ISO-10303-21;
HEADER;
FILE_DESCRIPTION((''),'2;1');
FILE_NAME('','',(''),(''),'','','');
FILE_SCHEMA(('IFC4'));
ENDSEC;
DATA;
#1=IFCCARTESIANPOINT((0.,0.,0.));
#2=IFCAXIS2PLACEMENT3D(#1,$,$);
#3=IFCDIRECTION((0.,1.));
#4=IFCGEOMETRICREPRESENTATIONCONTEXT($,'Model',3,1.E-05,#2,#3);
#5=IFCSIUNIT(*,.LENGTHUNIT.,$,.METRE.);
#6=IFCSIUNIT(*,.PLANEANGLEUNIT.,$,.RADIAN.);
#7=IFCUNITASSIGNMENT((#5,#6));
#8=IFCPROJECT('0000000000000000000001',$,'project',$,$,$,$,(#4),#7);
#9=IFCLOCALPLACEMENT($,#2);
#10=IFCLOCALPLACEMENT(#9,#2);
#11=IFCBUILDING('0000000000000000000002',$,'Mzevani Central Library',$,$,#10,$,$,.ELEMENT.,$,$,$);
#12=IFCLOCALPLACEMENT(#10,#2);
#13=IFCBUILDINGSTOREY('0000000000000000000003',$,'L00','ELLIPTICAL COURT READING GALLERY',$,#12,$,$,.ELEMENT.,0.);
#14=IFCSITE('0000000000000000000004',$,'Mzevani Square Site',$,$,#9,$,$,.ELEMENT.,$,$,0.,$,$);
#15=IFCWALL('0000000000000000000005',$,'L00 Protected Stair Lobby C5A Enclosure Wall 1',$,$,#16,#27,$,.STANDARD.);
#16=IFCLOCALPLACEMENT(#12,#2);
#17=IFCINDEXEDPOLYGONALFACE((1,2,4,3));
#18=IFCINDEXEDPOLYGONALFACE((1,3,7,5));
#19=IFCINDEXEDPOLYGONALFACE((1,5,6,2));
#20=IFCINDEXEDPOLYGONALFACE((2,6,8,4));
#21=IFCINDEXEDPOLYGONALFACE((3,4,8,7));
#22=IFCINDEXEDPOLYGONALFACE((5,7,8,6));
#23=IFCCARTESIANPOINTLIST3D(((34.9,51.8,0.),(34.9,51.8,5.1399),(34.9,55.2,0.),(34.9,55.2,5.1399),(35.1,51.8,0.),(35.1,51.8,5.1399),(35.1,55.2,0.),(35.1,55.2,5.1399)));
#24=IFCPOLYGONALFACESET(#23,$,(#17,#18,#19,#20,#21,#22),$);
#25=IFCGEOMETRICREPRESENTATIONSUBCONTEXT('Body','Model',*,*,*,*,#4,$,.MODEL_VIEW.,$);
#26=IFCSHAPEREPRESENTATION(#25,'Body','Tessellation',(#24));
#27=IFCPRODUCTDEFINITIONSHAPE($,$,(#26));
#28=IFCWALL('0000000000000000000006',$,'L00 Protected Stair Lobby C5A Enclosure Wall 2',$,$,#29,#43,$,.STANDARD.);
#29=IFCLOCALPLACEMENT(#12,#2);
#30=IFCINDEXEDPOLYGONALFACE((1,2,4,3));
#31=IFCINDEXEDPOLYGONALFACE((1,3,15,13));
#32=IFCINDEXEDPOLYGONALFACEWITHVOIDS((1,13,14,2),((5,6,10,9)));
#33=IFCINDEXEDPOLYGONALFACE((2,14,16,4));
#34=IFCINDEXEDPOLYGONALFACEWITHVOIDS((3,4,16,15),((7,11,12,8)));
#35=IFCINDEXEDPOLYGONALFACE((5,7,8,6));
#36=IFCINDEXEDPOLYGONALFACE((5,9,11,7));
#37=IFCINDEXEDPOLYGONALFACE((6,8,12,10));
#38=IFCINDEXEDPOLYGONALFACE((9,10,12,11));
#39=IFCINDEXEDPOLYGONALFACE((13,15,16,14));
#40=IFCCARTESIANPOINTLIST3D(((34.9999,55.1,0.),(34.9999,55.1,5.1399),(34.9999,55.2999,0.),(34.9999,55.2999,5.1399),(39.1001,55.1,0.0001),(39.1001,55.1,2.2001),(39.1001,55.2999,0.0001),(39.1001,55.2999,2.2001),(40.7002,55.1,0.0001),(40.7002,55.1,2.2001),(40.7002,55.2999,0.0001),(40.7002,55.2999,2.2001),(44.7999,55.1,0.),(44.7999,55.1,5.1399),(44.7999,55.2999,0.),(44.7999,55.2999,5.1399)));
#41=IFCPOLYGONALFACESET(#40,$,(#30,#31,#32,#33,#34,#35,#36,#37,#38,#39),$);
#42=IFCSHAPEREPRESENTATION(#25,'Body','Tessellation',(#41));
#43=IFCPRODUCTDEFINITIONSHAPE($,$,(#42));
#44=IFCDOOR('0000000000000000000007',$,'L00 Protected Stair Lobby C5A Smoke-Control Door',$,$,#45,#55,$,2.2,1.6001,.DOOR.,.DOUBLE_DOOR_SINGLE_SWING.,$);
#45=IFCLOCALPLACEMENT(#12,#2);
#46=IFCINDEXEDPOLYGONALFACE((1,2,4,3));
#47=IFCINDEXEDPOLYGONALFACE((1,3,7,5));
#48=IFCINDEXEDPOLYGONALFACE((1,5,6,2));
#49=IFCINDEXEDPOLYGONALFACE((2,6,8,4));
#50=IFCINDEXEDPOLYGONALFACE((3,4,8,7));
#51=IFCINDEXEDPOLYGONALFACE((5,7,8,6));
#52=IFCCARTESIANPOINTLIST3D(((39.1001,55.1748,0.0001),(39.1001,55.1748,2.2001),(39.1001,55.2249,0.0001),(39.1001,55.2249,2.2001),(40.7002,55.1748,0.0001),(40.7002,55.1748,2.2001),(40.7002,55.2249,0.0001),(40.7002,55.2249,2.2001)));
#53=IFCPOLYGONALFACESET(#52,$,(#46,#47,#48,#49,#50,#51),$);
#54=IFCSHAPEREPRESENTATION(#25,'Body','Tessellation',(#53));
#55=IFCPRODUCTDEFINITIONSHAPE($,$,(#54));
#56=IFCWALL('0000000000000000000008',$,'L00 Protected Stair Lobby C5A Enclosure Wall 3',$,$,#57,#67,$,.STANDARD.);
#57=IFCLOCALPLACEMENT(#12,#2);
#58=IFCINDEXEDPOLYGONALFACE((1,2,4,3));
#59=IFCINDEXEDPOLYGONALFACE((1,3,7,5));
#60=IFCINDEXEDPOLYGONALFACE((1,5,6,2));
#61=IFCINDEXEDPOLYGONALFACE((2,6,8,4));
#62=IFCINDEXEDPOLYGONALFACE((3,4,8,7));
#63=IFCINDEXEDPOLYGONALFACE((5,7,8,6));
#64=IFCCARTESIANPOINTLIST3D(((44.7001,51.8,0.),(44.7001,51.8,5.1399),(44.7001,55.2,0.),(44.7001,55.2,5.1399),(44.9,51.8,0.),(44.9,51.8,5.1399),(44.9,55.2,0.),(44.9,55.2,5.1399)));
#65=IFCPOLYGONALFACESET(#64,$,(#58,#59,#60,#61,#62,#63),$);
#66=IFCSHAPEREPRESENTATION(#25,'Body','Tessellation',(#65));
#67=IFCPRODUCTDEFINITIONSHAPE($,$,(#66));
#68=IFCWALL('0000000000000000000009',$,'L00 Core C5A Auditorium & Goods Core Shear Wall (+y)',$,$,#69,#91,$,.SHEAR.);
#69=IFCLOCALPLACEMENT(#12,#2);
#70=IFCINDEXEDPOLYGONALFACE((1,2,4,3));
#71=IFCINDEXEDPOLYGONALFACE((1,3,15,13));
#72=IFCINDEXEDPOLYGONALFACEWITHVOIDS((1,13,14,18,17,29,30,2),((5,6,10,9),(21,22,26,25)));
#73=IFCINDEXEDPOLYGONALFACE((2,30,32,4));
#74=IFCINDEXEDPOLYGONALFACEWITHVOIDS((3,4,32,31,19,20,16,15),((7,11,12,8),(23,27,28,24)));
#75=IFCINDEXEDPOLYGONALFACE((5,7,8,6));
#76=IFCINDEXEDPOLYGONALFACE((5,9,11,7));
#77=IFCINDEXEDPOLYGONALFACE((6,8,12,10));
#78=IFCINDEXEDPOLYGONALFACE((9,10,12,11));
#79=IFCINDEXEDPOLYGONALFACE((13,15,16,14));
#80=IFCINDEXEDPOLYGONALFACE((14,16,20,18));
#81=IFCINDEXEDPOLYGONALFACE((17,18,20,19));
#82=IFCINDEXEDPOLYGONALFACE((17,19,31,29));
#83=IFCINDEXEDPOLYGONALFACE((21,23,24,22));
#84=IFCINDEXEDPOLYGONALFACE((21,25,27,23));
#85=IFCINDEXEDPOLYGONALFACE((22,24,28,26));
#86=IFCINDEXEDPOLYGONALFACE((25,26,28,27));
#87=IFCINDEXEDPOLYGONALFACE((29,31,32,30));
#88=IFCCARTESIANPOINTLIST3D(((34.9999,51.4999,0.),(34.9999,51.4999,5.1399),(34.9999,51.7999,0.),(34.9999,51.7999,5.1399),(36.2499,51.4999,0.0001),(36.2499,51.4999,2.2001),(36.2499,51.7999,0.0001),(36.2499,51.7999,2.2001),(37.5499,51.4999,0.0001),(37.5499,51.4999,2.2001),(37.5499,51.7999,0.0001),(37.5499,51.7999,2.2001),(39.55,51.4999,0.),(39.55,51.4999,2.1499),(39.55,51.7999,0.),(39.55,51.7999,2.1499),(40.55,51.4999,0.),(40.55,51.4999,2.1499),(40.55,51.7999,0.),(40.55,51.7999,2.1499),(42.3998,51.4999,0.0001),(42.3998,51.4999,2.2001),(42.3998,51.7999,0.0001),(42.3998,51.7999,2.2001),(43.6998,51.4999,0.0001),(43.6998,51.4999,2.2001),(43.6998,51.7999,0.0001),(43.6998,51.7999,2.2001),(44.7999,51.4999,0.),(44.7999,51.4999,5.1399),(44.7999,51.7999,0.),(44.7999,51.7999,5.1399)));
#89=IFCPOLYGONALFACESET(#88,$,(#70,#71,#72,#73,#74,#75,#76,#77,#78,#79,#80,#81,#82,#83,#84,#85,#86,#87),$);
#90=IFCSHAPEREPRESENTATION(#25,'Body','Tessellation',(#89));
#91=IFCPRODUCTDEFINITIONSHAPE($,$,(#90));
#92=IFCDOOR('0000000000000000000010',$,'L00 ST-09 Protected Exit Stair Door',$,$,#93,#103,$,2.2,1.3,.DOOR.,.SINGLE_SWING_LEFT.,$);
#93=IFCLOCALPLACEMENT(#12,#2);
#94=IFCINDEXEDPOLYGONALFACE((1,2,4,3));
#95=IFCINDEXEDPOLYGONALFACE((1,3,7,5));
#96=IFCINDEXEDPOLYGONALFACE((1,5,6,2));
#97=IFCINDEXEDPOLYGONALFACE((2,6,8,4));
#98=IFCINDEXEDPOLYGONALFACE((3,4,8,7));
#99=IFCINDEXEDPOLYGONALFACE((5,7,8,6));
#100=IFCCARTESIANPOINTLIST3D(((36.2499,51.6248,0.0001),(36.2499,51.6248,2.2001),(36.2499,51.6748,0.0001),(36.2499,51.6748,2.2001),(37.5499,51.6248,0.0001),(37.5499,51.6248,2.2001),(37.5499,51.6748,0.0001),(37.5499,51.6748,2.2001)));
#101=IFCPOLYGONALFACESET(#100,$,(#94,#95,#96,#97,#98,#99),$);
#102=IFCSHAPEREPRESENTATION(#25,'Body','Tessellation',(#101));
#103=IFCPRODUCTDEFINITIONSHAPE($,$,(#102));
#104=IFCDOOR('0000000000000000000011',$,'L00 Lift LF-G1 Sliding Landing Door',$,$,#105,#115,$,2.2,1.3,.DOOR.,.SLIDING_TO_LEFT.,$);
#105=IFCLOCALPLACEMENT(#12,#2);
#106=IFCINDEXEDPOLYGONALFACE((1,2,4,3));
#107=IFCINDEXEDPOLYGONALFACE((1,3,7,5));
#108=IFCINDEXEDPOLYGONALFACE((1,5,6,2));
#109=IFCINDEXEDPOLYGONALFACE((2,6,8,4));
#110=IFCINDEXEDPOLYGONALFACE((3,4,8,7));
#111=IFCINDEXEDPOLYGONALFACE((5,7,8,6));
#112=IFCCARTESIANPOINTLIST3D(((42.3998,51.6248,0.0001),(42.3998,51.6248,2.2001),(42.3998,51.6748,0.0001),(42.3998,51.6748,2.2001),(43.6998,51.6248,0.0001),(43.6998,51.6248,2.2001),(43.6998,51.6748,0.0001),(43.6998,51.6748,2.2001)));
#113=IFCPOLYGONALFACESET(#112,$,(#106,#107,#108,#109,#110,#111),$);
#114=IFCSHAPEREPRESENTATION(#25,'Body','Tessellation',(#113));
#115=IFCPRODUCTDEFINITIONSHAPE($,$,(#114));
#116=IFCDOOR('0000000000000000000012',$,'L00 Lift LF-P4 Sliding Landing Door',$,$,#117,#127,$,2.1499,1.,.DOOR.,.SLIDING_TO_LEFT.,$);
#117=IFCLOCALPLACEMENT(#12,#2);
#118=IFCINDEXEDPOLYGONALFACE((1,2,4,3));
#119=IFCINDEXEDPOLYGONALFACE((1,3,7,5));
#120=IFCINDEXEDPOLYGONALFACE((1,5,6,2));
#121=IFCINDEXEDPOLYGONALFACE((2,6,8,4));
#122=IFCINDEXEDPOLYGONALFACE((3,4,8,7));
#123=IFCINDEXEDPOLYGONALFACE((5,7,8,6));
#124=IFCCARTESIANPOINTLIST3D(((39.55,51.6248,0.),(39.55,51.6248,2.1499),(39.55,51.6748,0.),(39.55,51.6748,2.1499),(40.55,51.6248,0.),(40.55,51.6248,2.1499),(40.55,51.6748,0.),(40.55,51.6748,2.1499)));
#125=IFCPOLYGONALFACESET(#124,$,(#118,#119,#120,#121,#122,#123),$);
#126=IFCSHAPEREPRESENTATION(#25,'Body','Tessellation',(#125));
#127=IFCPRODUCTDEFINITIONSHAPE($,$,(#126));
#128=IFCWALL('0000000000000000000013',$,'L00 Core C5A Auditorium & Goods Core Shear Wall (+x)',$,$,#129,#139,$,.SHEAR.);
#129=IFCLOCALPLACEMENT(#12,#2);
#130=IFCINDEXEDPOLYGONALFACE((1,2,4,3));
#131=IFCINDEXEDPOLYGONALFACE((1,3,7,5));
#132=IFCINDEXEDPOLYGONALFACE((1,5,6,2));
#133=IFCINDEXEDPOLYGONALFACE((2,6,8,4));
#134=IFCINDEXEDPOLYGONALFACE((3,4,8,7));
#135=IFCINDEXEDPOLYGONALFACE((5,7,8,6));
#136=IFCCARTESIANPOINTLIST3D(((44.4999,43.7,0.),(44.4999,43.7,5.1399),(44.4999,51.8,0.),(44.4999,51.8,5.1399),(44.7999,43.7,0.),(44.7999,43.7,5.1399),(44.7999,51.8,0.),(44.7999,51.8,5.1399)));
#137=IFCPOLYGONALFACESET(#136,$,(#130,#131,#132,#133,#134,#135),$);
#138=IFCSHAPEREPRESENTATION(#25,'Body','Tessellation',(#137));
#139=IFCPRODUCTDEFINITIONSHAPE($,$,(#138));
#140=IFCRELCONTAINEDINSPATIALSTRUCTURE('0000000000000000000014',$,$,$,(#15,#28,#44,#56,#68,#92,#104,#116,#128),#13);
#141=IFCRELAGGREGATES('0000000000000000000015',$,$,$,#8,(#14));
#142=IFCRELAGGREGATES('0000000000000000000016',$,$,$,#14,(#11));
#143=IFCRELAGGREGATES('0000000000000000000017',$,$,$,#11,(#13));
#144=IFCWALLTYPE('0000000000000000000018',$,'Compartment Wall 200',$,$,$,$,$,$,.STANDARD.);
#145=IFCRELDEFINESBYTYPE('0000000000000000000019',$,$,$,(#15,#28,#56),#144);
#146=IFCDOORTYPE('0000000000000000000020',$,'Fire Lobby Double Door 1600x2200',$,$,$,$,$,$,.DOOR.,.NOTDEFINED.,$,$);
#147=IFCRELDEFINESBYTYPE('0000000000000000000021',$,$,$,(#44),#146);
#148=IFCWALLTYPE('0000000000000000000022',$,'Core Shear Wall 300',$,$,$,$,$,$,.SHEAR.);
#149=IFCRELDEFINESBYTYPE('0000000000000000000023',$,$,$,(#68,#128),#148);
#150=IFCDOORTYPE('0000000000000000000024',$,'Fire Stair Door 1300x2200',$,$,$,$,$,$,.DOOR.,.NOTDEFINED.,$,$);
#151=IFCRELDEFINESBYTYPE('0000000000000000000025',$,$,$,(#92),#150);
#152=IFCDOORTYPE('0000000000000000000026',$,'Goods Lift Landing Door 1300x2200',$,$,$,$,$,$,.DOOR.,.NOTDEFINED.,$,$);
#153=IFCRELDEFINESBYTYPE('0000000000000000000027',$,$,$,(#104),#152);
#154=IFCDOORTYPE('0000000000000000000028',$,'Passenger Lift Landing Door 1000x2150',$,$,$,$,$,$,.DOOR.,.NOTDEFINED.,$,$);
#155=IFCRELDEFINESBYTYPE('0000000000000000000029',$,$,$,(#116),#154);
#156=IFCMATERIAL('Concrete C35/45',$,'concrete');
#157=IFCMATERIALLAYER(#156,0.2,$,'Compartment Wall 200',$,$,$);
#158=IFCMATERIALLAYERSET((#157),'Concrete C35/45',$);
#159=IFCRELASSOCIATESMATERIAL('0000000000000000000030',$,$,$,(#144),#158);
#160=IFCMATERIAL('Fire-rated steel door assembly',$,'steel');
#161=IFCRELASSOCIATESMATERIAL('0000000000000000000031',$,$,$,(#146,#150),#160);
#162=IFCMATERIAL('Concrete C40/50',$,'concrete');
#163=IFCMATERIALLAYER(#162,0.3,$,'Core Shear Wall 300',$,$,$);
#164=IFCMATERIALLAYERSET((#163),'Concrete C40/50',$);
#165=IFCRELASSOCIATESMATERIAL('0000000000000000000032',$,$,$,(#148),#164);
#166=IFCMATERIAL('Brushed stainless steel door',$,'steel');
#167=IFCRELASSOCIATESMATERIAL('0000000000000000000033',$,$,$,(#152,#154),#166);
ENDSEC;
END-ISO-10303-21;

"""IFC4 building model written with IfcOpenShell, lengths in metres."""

from ifc_helpers import new_model, si_unit, direction, frame, frame_2d, origin, place, context, subcontext, project, spatial, rectangle, extrude, material, layer, layer_set, type_object, element, fill, save


model = new_model("IFC4")

# Units and contexts
model_context = context("Model", 3, precision=1e-05, world=origin(), true_north=direction((0.0, 1.0)))
body_context = subcontext(model_context, "Body", "Model", "MODEL_VIEW")
ifc_project = project(units=[si_unit("LENGTHUNIT", "METRE"), si_unit("PLANEANGLEUNIT", "RADIAN")], contexts=[model_context])

# Site, building, storey
site_placement = place(None, origin())
site = spatial("IfcSite", under=ifc_project, at=site_placement, Name="Mzevani Square Site", CompositionType="ELEMENT", RefElevation=0.0)
building_placement = place(site_placement, origin())
building = spatial("IfcBuilding", under=site, at=building_placement, Name="Mzevani Central Library", CompositionType="ELEMENT")
storey_placement = place(building_placement, origin())
storey = spatial("IfcBuildingStorey", under=building, at=storey_placement, Name="L00", Description="ELLIPTICAL COURT READING GALLERY", CompositionType="ELEMENT", Elevation=0.0)

# Shared definitions
ifc_material_1 = material(Name="Concrete C40/50", Category="concrete")

# Shared definitions
ifc_material_2 = material(Name="Concrete C35/45", Category="concrete")

# Wall
ifc_layer_1 = layer(ifc_material_2, 0.2, Name="Compartment Wall 200")
ifc_layer_set_1 = layer_set([ifc_layer_1], Name="Concrete C35/45")
wall_type_1 = type_object("IfcWallType", Name="Compartment Wall 200", PredefinedType="STANDARD", material=ifc_layer_set_1)
wall_1_placement = place(storey_placement, frame((35.0, 51.8, 0.0), z_axis=(0.0, 0.0, 1.0), x_axis=(0.0, 1.0, 0.0)))
element("IfcWall", 1, at=wall_1_placement, inside=storey, type_object=wall_type_1, Name="L00 Protected Stair Lobby C5A Enclosure Wall 1", PredefinedType="STANDARD", context=body_context, shape_type="SweptSolid", body=[
    extrude(rectangle(XDim=3.3999, YDim=0.2, at=frame_2d((1.7, 0.0))), origin(), (0.0, 0.0, 1.0), 5.1399),
])

# Wall, opening, door
wall_2_placement = place(storey_placement, frame((35.0, 55.2, 0.0), z_axis=(0.0, 0.0, 1.0), x_axis=(1.0, 0.0, 0.0)))
wall_2 = element("IfcWall", 2, at=wall_2_placement, inside=storey, type_object=wall_type_1, Name="L00 Protected Stair Lobby C5A Enclosure Wall 2", PredefinedType="STANDARD", context=body_context, shape_type="SweptSolid", body=[
    extrude(rectangle(XDim=9.8, YDim=0.2, at=frame_2d((4.8999, 0.0))), origin(), (0.0, 0.0, 1.0), 5.1399),
])
opening_1_placement = place(wall_2_placement, frame((4.1001, 0.0, 0.0)))
opening_1 = element("IfcOpeningElement", 3, at=opening_1_placement, cuts=wall_2, PredefinedType="OPENING", context=body_context, shape_type="SweptSolid", body=[
    extrude(rectangle(XDim=1.6001, YDim=2.2, at=frame_2d((0.8, 1.1001))), frame((0.0, 0.1099, 0.0), z_axis=(0.0, -1.0, 0.0), x_axis=(1.0, 0.0, 0.0)), (0.0, 0.0, 1.0), 0.22),
])
ifc_material_3 = material(Name="Fire-rated steel door assembly", Category="steel")
door_type_1 = type_object("IfcDoorType", Name="Fire Lobby Double Door 1600x2200", OperationType="NOTDEFINED", PredefinedType="DOOR", material=ifc_material_3)
door_1_placement = place(opening_1_placement, origin())
door_1 = element("IfcDoor", 4, at=door_1_placement, inside=storey, type_object=door_type_1, Name="L00 Protected Stair Lobby C5A Smoke-Control Door", OperationType="DOUBLE_DOOR_SINGLE_SWING", OverallHeight=2.2, OverallWidth=1.6001, PredefinedType="DOOR", context=body_context, shape_type="SweptSolid", body=[
    extrude(rectangle(XDim=1.6001, YDim=2.2, at=frame_2d((0.8, 1.1001))), frame((0.0, 0.0249, 0.0), z_axis=(0.0, -1.0, 0.0), x_axis=(1.0, 0.0, 0.0)), (0.0, 0.0, 1.0), 0.05),
])
fill(opening_1, door_1)

# Wall
wall_3_placement = place(storey_placement, frame((44.8, 55.2, 0.0), z_axis=(0.0, 0.0, 1.0), x_axis=(0.0, -1.0, 0.0)))
element("IfcWall", 5, at=wall_3_placement, inside=storey, type_object=wall_type_1, Name="L00 Protected Stair Lobby C5A Enclosure Wall 3", PredefinedType="STANDARD", context=body_context, shape_type="SweptSolid", body=[
    extrude(rectangle(XDim=3.3999, YDim=0.2, at=frame_2d((1.7, 0.0))), origin(), (0.0, 0.0, 1.0), 5.1399),
])

# Wall, openings, doors
ifc_layer_2 = layer(ifc_material_1, 0.3, Name="Core Shear Wall 300")
ifc_layer_set_2 = layer_set([ifc_layer_2], Name="Concrete C40/50")
wall_type_2 = type_object("IfcWallType", Name="Core Shear Wall 300", PredefinedType="SHEAR", material=ifc_layer_set_2)
wall_4_placement = place(storey_placement, frame((35.0, 51.6499, 0.0), z_axis=(0.0, 0.0, 1.0), x_axis=(1.0, 0.0, 0.0)))
wall_4 = element("IfcWall", 6, at=wall_4_placement, inside=storey, type_object=wall_type_2, Name="L00 Core C5A Auditorium & Goods Core Shear Wall (+y)", PredefinedType="SHEAR", context=body_context, shape_type="SweptSolid", body=[
    extrude(rectangle(XDim=9.8, YDim=0.3, at=frame_2d((4.8999, 0.0))), origin(), (0.0, 0.0, 1.0), 5.1399),
])
opening_2_placement = place(wall_4_placement, frame((1.25, 0.0, 0.0)))
opening_2 = element("IfcOpeningElement", 7, at=opening_2_placement, cuts=wall_4, PredefinedType="OPENING", context=body_context, shape_type="SweptSolid", body=[
    extrude(rectangle(XDim=1.3, YDim=2.2, at=frame_2d((0.6499, 1.1001))), frame((0.0, 0.1602, 0.0), z_axis=(0.0, -1.0, 0.0), x_axis=(1.0, 0.0, 0.0)), (0.0, 0.0, 1.0), 0.3201),
])
opening_3_placement = place(wall_4_placement, frame((4.55, 0.0, 0.0)))
opening_3 = element("IfcOpeningElement", 8, at=opening_3_placement, cuts=wall_4, PredefinedType="OPENING", context=body_context, shape_type="SweptSolid", body=[
    extrude(rectangle(XDim=1.0, YDim=2.1499, at=frame_2d((0.5, 1.075))), frame((0.0, 0.1602, 0.0), z_axis=(0.0, -1.0, 0.0), x_axis=(1.0, 0.0, 0.0)), (0.0, 0.0, 1.0), 0.3201),
])
opening_4_placement = place(wall_4_placement, frame((7.3999, 0.0, 0.0)))
opening_4 = element("IfcOpeningElement", 9, at=opening_4_placement, cuts=wall_4, PredefinedType="OPENING", context=body_context, shape_type="SweptSolid", body=[
    extrude(rectangle(XDim=1.3, YDim=2.2, at=frame_2d((0.6499, 1.1001))), frame((0.0, 0.1602, 0.0), z_axis=(0.0, -1.0, 0.0), x_axis=(1.0, 0.0, 0.0)), (0.0, 0.0, 1.0), 0.3201),
])
door_type_2 = type_object("IfcDoorType", Name="Fire Stair Door 1300x2200", OperationType="NOTDEFINED", PredefinedType="DOOR", material=ifc_material_3)
door_2_placement = place(opening_2_placement, origin())
door_2 = element("IfcDoor", 10, at=door_2_placement, inside=storey, type_object=door_type_2, Name="L00 ST-09 Protected Exit Stair Door", OperationType="SINGLE_SWING_LEFT", OverallHeight=2.2, OverallWidth=1.3, PredefinedType="DOOR", context=body_context, shape_type="SweptSolid", body=[
    extrude(rectangle(XDim=1.3, YDim=2.2, at=frame_2d((0.6499, 1.1001))), frame((0.0, 0.0249, 0.0), z_axis=(0.0, -1.0, 0.0), x_axis=(1.0, 0.0, 0.0)), (0.0, 0.0, 1.0), 0.05),
])
fill(opening_2, door_2)
ifc_material_4 = material(Name="Brushed stainless steel door", Category="steel")
door_type_3 = type_object("IfcDoorType", Name="Goods Lift Landing Door 1300x2200", OperationType="NOTDEFINED", PredefinedType="DOOR", material=ifc_material_4)
door_3_placement = place(opening_4_placement, origin())
door_3 = element("IfcDoor", 11, at=door_3_placement, inside=storey, type_object=door_type_3, Name="L00 Lift LF-G1 Sliding Landing Door", OperationType="SLIDING_TO_LEFT", OverallHeight=2.2, OverallWidth=1.3, PredefinedType="DOOR", context=body_context, shape_type="SweptSolid", body=[
    extrude(rectangle(XDim=1.3, YDim=2.2, at=frame_2d((0.6499, 1.1001))), frame((0.0, 0.0249, 0.0), z_axis=(0.0, -1.0, 0.0), x_axis=(1.0, 0.0, 0.0)), (0.0, 0.0, 1.0), 0.05),
])
fill(opening_4, door_3)
door_type_4 = type_object("IfcDoorType", Name="Passenger Lift Landing Door 1000x2150", OperationType="NOTDEFINED", PredefinedType="DOOR", material=ifc_material_4)
door_4_placement = place(opening_3_placement, origin())
door_4 = element("IfcDoor", 12, at=door_4_placement, inside=storey, type_object=door_type_4, Name="L00 Lift LF-P4 Sliding Landing Door", OperationType="SLIDING_TO_LEFT", OverallHeight=2.1499, OverallWidth=1.0, PredefinedType="DOOR", context=body_context, shape_type="SweptSolid", body=[
    extrude(rectangle(XDim=1.0, YDim=2.1499, at=frame_2d((0.5, 1.075))), frame((0.0, 0.0249, 0.0), z_axis=(0.0, -1.0, 0.0), x_axis=(1.0, 0.0, 0.0)), (0.0, 0.0, 1.0), 0.05),
])
fill(opening_3, door_4)

# Wall
wall_5_placement = place(storey_placement, frame((44.6499, 51.8, 0.0), z_axis=(0.0, 0.0, 1.0), x_axis=(0.0, -1.0, 0.0)))
element("IfcWall", 13, at=wall_5_placement, inside=storey, type_object=wall_type_2, Name="L00 Core C5A Auditorium & Goods Core Shear Wall (+x)", PredefinedType="SHEAR", context=body_context, shape_type="SweptSolid", body=[
    extrude(rectangle(XDim=8.1001, YDim=0.3, at=frame_2d((4.05, 0.0))), origin(), (0.0, 0.0, 1.0), 5.1399),
])

save(model, "model.ifc")
